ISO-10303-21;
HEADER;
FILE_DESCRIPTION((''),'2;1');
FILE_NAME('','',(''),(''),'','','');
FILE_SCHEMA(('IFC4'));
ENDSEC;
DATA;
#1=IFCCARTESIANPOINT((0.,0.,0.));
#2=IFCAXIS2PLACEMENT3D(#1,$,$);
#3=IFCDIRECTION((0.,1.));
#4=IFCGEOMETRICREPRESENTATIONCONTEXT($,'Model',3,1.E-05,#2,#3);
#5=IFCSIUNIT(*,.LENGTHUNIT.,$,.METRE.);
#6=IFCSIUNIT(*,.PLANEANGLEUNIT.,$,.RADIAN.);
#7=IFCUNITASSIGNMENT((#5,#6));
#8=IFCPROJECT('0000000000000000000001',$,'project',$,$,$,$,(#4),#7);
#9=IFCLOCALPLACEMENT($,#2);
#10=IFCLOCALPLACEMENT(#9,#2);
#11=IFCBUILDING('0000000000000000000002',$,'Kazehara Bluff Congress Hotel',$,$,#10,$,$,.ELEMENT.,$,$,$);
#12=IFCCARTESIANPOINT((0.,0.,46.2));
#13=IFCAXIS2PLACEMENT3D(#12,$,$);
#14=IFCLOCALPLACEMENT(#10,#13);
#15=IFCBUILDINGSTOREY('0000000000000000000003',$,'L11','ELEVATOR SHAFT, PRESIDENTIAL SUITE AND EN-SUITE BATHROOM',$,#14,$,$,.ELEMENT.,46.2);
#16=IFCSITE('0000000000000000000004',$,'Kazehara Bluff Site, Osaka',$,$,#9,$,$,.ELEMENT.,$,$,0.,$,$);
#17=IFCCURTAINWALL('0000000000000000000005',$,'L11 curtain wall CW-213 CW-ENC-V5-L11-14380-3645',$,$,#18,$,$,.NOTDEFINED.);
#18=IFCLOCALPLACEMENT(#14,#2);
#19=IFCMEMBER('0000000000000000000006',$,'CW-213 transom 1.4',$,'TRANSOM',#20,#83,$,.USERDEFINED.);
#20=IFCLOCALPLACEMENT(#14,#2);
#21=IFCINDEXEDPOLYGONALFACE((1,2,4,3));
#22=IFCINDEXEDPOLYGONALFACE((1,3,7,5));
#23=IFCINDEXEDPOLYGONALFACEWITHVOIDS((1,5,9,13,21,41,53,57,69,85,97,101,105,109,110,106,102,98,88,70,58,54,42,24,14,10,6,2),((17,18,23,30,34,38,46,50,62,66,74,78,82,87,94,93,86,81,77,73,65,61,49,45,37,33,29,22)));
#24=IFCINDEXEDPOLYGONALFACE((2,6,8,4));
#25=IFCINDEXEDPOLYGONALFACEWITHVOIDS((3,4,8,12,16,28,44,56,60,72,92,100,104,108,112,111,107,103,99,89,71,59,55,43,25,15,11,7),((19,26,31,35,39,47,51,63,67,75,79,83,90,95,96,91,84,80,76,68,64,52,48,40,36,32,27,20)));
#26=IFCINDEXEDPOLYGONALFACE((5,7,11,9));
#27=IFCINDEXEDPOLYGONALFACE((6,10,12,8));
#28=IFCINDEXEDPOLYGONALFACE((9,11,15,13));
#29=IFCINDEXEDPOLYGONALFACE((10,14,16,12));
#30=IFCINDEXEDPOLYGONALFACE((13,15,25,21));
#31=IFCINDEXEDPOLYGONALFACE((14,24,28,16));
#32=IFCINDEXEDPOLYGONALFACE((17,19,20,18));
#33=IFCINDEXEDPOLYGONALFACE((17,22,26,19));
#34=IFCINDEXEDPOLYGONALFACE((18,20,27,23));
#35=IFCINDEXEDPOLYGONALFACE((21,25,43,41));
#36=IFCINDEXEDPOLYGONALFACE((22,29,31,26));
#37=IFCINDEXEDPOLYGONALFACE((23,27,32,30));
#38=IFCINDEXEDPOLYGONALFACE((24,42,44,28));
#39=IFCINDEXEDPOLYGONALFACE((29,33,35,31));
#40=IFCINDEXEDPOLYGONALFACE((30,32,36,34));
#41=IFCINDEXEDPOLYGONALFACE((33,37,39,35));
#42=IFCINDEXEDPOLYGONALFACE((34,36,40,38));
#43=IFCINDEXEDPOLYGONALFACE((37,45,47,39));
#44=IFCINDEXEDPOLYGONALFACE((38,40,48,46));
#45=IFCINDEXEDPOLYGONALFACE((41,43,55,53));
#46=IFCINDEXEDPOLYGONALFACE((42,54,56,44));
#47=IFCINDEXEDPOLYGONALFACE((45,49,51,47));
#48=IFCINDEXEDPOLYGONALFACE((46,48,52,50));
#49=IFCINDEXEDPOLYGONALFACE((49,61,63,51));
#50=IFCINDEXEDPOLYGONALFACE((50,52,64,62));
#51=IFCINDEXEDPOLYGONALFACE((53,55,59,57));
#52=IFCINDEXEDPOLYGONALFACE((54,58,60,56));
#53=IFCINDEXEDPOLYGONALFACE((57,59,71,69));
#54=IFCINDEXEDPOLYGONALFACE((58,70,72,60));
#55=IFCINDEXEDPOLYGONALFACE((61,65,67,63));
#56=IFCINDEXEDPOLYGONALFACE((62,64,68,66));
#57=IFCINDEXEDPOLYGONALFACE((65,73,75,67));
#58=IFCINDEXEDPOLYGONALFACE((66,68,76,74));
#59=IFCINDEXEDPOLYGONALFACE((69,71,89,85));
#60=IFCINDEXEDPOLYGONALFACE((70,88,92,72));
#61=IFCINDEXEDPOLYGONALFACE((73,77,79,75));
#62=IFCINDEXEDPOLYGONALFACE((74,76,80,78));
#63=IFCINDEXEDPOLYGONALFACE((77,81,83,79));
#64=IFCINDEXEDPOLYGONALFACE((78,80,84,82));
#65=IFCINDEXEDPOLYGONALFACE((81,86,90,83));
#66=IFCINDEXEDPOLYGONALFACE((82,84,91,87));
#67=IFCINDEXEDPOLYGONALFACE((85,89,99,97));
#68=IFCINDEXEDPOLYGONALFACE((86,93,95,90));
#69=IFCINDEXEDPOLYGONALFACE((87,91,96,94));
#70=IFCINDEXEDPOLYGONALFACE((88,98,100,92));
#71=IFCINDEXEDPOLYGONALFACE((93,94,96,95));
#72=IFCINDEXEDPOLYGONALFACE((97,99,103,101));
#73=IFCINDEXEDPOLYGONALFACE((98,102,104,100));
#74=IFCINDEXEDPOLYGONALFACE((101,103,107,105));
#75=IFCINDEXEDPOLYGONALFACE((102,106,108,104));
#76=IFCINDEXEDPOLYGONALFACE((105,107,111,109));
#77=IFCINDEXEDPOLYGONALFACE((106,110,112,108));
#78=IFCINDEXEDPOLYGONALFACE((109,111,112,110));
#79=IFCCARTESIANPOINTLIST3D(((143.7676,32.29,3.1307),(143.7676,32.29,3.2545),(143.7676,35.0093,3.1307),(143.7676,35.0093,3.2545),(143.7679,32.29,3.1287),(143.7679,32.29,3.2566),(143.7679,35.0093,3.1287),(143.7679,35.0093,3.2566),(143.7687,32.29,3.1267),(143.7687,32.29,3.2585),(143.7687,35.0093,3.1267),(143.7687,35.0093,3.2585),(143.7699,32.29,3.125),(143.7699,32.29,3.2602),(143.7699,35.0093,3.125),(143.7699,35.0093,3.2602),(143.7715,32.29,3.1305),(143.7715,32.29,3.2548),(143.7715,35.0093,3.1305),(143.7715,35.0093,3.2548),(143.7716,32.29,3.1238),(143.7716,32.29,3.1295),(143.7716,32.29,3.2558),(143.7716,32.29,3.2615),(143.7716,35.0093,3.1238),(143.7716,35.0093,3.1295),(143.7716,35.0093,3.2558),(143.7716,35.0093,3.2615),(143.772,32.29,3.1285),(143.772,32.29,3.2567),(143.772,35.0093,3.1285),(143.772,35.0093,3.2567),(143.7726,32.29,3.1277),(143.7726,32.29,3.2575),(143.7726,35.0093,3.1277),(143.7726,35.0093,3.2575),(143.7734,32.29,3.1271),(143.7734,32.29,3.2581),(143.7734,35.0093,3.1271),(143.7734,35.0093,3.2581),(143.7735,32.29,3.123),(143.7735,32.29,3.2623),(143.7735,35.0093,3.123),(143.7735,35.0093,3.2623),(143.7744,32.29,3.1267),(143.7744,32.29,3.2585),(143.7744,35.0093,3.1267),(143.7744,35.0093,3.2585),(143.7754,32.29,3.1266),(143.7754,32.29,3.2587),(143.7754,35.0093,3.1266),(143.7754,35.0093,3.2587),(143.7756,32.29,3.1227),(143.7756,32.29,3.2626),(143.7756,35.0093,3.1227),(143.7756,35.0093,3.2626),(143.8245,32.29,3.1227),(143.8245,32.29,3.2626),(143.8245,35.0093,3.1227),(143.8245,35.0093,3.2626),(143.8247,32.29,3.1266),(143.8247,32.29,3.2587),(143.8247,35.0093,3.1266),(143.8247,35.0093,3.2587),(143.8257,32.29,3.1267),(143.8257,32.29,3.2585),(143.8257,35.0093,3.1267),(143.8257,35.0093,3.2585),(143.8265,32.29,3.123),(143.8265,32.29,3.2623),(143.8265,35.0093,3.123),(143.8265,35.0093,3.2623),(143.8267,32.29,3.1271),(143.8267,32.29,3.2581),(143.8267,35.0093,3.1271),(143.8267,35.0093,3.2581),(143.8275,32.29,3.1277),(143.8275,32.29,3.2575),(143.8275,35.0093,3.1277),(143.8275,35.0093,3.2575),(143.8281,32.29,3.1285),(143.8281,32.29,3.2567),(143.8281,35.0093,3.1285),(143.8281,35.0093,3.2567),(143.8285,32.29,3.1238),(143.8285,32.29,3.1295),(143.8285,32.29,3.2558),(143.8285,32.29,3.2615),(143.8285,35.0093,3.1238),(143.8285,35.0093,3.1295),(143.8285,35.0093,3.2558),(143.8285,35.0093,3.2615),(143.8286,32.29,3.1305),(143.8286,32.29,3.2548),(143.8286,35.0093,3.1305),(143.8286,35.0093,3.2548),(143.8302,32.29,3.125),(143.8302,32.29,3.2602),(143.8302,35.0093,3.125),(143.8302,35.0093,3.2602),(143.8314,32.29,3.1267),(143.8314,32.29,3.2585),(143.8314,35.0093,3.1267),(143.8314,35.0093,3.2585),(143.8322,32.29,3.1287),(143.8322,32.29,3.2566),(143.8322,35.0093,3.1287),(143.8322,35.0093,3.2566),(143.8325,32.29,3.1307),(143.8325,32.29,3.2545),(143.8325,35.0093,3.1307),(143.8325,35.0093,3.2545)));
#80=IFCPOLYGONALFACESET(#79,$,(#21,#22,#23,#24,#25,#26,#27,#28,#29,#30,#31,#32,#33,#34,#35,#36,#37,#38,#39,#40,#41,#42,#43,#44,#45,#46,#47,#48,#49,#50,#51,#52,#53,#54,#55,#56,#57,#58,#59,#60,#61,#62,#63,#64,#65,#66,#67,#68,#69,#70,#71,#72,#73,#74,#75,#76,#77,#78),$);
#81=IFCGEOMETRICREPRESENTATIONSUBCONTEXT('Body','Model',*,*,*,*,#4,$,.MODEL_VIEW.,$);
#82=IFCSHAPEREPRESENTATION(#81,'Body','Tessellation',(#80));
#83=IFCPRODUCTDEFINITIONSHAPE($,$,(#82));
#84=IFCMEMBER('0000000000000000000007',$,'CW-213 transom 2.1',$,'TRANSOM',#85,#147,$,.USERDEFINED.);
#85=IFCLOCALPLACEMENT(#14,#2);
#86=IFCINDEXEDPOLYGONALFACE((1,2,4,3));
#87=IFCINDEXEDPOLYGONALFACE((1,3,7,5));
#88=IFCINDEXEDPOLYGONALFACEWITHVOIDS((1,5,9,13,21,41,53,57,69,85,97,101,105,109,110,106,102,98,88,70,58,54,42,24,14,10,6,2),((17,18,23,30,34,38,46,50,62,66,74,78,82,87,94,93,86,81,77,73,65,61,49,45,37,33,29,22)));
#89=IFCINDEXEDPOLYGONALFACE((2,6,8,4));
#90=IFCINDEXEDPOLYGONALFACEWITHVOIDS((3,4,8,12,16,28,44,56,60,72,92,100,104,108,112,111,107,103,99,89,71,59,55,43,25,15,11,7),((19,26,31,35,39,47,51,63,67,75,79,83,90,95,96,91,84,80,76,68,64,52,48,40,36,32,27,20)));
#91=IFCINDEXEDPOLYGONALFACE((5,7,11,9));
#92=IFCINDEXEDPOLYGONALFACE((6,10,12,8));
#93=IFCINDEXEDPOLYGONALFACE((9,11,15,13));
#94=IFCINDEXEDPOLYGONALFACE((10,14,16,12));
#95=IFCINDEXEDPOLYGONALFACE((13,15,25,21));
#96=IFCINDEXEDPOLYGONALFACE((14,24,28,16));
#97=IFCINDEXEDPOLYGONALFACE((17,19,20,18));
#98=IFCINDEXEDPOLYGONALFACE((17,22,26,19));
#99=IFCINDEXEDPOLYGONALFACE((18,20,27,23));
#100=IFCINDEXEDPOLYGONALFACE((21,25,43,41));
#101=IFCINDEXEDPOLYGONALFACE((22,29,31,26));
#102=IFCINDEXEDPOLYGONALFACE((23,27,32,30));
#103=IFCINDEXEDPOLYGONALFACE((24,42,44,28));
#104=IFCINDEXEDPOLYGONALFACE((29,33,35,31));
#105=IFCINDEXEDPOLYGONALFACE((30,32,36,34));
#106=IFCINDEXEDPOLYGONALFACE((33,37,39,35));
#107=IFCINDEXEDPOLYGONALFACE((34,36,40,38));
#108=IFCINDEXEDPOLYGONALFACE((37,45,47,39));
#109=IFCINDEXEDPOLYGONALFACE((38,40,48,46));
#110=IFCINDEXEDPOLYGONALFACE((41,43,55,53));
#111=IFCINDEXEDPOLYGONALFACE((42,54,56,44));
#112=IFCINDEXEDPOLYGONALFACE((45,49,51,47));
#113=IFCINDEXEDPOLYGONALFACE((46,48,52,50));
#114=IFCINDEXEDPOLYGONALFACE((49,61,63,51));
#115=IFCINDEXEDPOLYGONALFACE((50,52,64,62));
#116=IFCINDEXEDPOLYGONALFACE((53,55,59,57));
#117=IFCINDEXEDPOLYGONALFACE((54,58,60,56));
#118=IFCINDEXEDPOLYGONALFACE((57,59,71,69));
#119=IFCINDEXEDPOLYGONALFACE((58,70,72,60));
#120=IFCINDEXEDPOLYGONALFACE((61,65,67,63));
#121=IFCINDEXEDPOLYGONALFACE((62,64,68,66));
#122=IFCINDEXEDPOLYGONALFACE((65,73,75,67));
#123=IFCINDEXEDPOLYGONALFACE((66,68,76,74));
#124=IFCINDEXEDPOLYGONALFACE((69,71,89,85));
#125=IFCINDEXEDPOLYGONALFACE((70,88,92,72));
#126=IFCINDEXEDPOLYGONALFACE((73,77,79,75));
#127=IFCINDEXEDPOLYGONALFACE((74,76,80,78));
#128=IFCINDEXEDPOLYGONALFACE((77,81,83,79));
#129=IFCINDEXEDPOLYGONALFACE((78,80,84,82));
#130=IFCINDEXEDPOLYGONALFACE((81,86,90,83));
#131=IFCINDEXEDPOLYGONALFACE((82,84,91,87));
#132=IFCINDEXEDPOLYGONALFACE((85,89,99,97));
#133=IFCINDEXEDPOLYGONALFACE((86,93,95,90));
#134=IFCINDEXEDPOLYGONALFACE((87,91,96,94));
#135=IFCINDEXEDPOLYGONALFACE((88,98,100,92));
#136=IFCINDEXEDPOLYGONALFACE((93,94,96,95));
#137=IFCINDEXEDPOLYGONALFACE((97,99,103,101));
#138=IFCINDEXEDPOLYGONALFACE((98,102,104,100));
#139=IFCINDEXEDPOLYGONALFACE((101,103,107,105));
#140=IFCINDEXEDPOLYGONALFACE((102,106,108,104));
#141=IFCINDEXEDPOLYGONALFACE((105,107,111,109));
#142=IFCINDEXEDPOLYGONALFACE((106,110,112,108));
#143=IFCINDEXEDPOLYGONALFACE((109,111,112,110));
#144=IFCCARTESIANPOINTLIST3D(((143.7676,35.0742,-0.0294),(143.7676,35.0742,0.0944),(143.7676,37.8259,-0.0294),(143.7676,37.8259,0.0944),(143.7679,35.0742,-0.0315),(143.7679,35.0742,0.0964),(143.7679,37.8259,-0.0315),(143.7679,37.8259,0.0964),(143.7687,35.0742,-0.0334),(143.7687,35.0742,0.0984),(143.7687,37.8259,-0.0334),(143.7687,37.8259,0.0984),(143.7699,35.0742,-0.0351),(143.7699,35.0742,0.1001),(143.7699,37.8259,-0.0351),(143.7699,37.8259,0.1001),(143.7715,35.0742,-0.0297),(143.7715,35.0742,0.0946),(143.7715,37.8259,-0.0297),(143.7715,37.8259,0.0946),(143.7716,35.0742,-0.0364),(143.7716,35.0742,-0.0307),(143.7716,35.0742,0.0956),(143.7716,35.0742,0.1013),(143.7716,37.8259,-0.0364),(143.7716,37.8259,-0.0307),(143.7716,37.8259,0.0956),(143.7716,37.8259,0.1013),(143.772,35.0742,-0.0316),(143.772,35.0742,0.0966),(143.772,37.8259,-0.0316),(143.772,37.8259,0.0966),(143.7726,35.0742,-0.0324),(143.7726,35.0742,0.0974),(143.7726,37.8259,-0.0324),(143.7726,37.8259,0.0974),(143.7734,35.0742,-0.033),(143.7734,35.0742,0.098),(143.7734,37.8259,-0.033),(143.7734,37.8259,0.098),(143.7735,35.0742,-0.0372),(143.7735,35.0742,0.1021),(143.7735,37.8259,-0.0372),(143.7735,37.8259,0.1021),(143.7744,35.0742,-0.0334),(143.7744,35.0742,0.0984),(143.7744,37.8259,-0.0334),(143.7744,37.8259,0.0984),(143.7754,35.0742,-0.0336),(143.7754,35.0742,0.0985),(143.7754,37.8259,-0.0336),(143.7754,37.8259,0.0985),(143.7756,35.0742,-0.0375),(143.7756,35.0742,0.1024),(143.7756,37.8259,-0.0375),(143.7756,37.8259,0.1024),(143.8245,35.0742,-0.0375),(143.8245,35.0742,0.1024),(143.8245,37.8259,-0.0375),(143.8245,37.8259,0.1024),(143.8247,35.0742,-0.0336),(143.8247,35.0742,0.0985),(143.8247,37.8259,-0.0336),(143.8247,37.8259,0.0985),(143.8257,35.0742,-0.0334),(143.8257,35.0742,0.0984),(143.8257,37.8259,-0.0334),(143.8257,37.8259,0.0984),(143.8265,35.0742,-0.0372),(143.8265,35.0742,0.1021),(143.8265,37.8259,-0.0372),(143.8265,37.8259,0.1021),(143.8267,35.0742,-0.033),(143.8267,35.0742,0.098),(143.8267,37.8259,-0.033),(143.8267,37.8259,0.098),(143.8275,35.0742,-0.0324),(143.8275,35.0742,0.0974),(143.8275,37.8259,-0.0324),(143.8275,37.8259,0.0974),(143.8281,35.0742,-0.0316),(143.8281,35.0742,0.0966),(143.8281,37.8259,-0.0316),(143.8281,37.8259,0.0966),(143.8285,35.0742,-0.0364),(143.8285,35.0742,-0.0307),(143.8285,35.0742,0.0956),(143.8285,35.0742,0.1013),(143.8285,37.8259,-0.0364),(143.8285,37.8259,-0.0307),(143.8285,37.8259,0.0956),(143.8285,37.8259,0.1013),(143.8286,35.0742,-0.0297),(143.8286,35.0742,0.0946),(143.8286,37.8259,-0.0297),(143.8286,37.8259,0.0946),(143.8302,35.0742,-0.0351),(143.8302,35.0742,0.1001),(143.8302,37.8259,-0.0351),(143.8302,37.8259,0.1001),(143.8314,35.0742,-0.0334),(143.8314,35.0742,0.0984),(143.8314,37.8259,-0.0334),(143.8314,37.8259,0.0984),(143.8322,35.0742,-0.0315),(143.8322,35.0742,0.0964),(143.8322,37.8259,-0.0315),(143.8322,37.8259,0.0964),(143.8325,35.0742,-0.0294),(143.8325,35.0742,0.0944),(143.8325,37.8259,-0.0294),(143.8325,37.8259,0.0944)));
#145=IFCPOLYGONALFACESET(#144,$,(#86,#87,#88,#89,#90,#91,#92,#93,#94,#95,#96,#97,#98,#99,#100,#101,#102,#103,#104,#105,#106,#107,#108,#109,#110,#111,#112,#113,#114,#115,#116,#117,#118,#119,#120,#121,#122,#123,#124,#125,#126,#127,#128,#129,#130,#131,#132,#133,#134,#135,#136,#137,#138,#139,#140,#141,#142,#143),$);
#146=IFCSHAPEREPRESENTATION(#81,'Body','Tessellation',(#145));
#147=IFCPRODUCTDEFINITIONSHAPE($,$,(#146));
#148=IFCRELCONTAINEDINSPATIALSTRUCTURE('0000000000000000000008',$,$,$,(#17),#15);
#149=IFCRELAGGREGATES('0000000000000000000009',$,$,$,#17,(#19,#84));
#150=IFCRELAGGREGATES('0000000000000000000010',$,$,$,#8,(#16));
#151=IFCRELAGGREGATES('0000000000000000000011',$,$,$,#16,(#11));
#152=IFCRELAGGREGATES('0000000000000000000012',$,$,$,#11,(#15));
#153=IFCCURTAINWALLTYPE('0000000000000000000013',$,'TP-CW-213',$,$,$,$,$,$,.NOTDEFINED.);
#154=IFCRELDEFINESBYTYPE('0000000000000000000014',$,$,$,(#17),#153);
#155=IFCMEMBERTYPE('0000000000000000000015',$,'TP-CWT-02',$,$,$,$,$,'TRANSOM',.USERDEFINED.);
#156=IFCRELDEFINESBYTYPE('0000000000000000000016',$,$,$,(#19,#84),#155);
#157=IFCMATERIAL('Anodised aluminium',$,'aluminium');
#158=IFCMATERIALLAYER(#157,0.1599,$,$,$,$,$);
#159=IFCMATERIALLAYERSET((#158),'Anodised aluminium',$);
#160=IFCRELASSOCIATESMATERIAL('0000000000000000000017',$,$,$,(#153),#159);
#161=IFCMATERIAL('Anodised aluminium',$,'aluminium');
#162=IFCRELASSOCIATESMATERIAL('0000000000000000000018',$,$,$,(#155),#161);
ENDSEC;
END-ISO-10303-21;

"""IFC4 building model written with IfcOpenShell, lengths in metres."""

from ifc_helpers import new_model, si_unit, direction, frame, origin, origin_2d, place, context, subcontext, project, spatial, hollow_rectangle, extrude, material, layer, layer_set, material_profile, profile_set, type_object, element, aggregate, save


model = new_model("IFC4")

# Units and contexts
model_context = context("Model", 3, precision=1e-05, world=origin(), true_north=direction((0.0, 1.0)))
body_context = subcontext(model_context, "Body", "Model", "MODEL_VIEW")
ifc_project = project(units=[si_unit("LENGTHUNIT", "METRE"), si_unit("PLANEANGLEUNIT", "RADIAN")], contexts=[model_context])

# Site, building, storey
site_placement = place(None, origin())
site = spatial("IfcSite", under=ifc_project, at=site_placement, Name="Kazehara Bluff Site, Osaka", CompositionType="ELEMENT", RefElevation=0.0)
building_placement = place(site_placement, origin())
building = spatial("IfcBuilding", under=site, at=building_placement, Name="Kazehara Bluff Congress Hotel", CompositionType="ELEMENT")
storey_placement = place(building_placement, frame((0.0, 0.0, 46.2)))
storey = spatial("IfcBuildingStorey", under=building, at=storey_placement, Name="L11", Description="ELEVATOR SHAFT, PRESIDENTIAL SUITE AND EN-SUITE BATHROOM", CompositionType="ELEMENT", Elevation=46.2)

# Curtain wall, members
ifc_material_1 = material(Name="Anodised aluminium", Category="aluminium")
ifc_layer_1 = layer(ifc_material_1, 0.1599)
ifc_layer_set_1 = layer_set([ifc_layer_1], Name="Anodised aluminium")
curtain_wall_type = type_object("IfcCurtainWallType", Name="TP-CW-213", PredefinedType="NOTDEFINED", material=ifc_layer_set_1)
curtain_wall_placement = place(storey_placement, origin())
curtain_wall = element("IfcCurtainWall", 1, at=curtain_wall_placement, inside=storey, type_object=curtain_wall_type, Name="L11 curtain wall CW-213 CW-ENC-V5-L11-14380-3645", PredefinedType="NOTDEFINED")
ifc_material_2 = material(Name="Anodised aluminium", Category="aluminium")
ifc_material_profile_1 = material_profile(ifc_material_2, hollow_rectangle(XDim=0.0649, YDim=0.1399, WallThickness=0.0039, InnerFilletRadius=0.0039, OuterFilletRadius=0.0081, at=origin_2d()))
ifc_profile_set_1 = profile_set([ifc_material_profile_1], Name="Anodised aluminium")
member_type = type_object("IfcMemberType", Name="TP-CWT-02", ElementType="TRANSOM", PredefinedType="USERDEFINED", material=ifc_profile_set_1)
member_1_placement = place(storey_placement, frame((143.8, 32.29, 3.1926), z_axis=(0.0, 1.0, 0.0), x_axis=(-1.0, 0.0, 0.0)))
member_1 = element("IfcMember", 2, at=member_1_placement, type_object=member_type, Name="CW-213 transom 1.4", ObjectType="TRANSOM", PredefinedType="USERDEFINED", context=body_context, shape_type="SweptSolid", body=[
    extrude(hollow_rectangle(XDim=0.0649, YDim=0.1399, WallThickness=0.0039, InnerFilletRadius=0.0039, OuterFilletRadius=0.0081, at=origin_2d()), origin(), (0.0, 0.0, 1.0), 2.7192),
])
member_2_placement = place(storey_placement, frame((143.8, 35.0742, 0.0325), z_axis=(0.0, 1.0, 0.0), x_axis=(-1.0, 0.0, 0.0)))
member_2 = element("IfcMember", 3, at=member_2_placement, type_object=member_type, Name="CW-213 transom 2.1", ObjectType="TRANSOM", PredefinedType="USERDEFINED", context=body_context, shape_type="SweptSolid", body=[
    extrude(hollow_rectangle(XDim=0.0649, YDim=0.1399, WallThickness=0.0039, InnerFilletRadius=0.0039, OuterFilletRadius=0.0081, at=origin_2d()), origin(), (0.0, 0.0, 1.0), 2.7517),
])

aggregate(curtain_wall, [member_1, member_2])

save(model, "model.ifc")
